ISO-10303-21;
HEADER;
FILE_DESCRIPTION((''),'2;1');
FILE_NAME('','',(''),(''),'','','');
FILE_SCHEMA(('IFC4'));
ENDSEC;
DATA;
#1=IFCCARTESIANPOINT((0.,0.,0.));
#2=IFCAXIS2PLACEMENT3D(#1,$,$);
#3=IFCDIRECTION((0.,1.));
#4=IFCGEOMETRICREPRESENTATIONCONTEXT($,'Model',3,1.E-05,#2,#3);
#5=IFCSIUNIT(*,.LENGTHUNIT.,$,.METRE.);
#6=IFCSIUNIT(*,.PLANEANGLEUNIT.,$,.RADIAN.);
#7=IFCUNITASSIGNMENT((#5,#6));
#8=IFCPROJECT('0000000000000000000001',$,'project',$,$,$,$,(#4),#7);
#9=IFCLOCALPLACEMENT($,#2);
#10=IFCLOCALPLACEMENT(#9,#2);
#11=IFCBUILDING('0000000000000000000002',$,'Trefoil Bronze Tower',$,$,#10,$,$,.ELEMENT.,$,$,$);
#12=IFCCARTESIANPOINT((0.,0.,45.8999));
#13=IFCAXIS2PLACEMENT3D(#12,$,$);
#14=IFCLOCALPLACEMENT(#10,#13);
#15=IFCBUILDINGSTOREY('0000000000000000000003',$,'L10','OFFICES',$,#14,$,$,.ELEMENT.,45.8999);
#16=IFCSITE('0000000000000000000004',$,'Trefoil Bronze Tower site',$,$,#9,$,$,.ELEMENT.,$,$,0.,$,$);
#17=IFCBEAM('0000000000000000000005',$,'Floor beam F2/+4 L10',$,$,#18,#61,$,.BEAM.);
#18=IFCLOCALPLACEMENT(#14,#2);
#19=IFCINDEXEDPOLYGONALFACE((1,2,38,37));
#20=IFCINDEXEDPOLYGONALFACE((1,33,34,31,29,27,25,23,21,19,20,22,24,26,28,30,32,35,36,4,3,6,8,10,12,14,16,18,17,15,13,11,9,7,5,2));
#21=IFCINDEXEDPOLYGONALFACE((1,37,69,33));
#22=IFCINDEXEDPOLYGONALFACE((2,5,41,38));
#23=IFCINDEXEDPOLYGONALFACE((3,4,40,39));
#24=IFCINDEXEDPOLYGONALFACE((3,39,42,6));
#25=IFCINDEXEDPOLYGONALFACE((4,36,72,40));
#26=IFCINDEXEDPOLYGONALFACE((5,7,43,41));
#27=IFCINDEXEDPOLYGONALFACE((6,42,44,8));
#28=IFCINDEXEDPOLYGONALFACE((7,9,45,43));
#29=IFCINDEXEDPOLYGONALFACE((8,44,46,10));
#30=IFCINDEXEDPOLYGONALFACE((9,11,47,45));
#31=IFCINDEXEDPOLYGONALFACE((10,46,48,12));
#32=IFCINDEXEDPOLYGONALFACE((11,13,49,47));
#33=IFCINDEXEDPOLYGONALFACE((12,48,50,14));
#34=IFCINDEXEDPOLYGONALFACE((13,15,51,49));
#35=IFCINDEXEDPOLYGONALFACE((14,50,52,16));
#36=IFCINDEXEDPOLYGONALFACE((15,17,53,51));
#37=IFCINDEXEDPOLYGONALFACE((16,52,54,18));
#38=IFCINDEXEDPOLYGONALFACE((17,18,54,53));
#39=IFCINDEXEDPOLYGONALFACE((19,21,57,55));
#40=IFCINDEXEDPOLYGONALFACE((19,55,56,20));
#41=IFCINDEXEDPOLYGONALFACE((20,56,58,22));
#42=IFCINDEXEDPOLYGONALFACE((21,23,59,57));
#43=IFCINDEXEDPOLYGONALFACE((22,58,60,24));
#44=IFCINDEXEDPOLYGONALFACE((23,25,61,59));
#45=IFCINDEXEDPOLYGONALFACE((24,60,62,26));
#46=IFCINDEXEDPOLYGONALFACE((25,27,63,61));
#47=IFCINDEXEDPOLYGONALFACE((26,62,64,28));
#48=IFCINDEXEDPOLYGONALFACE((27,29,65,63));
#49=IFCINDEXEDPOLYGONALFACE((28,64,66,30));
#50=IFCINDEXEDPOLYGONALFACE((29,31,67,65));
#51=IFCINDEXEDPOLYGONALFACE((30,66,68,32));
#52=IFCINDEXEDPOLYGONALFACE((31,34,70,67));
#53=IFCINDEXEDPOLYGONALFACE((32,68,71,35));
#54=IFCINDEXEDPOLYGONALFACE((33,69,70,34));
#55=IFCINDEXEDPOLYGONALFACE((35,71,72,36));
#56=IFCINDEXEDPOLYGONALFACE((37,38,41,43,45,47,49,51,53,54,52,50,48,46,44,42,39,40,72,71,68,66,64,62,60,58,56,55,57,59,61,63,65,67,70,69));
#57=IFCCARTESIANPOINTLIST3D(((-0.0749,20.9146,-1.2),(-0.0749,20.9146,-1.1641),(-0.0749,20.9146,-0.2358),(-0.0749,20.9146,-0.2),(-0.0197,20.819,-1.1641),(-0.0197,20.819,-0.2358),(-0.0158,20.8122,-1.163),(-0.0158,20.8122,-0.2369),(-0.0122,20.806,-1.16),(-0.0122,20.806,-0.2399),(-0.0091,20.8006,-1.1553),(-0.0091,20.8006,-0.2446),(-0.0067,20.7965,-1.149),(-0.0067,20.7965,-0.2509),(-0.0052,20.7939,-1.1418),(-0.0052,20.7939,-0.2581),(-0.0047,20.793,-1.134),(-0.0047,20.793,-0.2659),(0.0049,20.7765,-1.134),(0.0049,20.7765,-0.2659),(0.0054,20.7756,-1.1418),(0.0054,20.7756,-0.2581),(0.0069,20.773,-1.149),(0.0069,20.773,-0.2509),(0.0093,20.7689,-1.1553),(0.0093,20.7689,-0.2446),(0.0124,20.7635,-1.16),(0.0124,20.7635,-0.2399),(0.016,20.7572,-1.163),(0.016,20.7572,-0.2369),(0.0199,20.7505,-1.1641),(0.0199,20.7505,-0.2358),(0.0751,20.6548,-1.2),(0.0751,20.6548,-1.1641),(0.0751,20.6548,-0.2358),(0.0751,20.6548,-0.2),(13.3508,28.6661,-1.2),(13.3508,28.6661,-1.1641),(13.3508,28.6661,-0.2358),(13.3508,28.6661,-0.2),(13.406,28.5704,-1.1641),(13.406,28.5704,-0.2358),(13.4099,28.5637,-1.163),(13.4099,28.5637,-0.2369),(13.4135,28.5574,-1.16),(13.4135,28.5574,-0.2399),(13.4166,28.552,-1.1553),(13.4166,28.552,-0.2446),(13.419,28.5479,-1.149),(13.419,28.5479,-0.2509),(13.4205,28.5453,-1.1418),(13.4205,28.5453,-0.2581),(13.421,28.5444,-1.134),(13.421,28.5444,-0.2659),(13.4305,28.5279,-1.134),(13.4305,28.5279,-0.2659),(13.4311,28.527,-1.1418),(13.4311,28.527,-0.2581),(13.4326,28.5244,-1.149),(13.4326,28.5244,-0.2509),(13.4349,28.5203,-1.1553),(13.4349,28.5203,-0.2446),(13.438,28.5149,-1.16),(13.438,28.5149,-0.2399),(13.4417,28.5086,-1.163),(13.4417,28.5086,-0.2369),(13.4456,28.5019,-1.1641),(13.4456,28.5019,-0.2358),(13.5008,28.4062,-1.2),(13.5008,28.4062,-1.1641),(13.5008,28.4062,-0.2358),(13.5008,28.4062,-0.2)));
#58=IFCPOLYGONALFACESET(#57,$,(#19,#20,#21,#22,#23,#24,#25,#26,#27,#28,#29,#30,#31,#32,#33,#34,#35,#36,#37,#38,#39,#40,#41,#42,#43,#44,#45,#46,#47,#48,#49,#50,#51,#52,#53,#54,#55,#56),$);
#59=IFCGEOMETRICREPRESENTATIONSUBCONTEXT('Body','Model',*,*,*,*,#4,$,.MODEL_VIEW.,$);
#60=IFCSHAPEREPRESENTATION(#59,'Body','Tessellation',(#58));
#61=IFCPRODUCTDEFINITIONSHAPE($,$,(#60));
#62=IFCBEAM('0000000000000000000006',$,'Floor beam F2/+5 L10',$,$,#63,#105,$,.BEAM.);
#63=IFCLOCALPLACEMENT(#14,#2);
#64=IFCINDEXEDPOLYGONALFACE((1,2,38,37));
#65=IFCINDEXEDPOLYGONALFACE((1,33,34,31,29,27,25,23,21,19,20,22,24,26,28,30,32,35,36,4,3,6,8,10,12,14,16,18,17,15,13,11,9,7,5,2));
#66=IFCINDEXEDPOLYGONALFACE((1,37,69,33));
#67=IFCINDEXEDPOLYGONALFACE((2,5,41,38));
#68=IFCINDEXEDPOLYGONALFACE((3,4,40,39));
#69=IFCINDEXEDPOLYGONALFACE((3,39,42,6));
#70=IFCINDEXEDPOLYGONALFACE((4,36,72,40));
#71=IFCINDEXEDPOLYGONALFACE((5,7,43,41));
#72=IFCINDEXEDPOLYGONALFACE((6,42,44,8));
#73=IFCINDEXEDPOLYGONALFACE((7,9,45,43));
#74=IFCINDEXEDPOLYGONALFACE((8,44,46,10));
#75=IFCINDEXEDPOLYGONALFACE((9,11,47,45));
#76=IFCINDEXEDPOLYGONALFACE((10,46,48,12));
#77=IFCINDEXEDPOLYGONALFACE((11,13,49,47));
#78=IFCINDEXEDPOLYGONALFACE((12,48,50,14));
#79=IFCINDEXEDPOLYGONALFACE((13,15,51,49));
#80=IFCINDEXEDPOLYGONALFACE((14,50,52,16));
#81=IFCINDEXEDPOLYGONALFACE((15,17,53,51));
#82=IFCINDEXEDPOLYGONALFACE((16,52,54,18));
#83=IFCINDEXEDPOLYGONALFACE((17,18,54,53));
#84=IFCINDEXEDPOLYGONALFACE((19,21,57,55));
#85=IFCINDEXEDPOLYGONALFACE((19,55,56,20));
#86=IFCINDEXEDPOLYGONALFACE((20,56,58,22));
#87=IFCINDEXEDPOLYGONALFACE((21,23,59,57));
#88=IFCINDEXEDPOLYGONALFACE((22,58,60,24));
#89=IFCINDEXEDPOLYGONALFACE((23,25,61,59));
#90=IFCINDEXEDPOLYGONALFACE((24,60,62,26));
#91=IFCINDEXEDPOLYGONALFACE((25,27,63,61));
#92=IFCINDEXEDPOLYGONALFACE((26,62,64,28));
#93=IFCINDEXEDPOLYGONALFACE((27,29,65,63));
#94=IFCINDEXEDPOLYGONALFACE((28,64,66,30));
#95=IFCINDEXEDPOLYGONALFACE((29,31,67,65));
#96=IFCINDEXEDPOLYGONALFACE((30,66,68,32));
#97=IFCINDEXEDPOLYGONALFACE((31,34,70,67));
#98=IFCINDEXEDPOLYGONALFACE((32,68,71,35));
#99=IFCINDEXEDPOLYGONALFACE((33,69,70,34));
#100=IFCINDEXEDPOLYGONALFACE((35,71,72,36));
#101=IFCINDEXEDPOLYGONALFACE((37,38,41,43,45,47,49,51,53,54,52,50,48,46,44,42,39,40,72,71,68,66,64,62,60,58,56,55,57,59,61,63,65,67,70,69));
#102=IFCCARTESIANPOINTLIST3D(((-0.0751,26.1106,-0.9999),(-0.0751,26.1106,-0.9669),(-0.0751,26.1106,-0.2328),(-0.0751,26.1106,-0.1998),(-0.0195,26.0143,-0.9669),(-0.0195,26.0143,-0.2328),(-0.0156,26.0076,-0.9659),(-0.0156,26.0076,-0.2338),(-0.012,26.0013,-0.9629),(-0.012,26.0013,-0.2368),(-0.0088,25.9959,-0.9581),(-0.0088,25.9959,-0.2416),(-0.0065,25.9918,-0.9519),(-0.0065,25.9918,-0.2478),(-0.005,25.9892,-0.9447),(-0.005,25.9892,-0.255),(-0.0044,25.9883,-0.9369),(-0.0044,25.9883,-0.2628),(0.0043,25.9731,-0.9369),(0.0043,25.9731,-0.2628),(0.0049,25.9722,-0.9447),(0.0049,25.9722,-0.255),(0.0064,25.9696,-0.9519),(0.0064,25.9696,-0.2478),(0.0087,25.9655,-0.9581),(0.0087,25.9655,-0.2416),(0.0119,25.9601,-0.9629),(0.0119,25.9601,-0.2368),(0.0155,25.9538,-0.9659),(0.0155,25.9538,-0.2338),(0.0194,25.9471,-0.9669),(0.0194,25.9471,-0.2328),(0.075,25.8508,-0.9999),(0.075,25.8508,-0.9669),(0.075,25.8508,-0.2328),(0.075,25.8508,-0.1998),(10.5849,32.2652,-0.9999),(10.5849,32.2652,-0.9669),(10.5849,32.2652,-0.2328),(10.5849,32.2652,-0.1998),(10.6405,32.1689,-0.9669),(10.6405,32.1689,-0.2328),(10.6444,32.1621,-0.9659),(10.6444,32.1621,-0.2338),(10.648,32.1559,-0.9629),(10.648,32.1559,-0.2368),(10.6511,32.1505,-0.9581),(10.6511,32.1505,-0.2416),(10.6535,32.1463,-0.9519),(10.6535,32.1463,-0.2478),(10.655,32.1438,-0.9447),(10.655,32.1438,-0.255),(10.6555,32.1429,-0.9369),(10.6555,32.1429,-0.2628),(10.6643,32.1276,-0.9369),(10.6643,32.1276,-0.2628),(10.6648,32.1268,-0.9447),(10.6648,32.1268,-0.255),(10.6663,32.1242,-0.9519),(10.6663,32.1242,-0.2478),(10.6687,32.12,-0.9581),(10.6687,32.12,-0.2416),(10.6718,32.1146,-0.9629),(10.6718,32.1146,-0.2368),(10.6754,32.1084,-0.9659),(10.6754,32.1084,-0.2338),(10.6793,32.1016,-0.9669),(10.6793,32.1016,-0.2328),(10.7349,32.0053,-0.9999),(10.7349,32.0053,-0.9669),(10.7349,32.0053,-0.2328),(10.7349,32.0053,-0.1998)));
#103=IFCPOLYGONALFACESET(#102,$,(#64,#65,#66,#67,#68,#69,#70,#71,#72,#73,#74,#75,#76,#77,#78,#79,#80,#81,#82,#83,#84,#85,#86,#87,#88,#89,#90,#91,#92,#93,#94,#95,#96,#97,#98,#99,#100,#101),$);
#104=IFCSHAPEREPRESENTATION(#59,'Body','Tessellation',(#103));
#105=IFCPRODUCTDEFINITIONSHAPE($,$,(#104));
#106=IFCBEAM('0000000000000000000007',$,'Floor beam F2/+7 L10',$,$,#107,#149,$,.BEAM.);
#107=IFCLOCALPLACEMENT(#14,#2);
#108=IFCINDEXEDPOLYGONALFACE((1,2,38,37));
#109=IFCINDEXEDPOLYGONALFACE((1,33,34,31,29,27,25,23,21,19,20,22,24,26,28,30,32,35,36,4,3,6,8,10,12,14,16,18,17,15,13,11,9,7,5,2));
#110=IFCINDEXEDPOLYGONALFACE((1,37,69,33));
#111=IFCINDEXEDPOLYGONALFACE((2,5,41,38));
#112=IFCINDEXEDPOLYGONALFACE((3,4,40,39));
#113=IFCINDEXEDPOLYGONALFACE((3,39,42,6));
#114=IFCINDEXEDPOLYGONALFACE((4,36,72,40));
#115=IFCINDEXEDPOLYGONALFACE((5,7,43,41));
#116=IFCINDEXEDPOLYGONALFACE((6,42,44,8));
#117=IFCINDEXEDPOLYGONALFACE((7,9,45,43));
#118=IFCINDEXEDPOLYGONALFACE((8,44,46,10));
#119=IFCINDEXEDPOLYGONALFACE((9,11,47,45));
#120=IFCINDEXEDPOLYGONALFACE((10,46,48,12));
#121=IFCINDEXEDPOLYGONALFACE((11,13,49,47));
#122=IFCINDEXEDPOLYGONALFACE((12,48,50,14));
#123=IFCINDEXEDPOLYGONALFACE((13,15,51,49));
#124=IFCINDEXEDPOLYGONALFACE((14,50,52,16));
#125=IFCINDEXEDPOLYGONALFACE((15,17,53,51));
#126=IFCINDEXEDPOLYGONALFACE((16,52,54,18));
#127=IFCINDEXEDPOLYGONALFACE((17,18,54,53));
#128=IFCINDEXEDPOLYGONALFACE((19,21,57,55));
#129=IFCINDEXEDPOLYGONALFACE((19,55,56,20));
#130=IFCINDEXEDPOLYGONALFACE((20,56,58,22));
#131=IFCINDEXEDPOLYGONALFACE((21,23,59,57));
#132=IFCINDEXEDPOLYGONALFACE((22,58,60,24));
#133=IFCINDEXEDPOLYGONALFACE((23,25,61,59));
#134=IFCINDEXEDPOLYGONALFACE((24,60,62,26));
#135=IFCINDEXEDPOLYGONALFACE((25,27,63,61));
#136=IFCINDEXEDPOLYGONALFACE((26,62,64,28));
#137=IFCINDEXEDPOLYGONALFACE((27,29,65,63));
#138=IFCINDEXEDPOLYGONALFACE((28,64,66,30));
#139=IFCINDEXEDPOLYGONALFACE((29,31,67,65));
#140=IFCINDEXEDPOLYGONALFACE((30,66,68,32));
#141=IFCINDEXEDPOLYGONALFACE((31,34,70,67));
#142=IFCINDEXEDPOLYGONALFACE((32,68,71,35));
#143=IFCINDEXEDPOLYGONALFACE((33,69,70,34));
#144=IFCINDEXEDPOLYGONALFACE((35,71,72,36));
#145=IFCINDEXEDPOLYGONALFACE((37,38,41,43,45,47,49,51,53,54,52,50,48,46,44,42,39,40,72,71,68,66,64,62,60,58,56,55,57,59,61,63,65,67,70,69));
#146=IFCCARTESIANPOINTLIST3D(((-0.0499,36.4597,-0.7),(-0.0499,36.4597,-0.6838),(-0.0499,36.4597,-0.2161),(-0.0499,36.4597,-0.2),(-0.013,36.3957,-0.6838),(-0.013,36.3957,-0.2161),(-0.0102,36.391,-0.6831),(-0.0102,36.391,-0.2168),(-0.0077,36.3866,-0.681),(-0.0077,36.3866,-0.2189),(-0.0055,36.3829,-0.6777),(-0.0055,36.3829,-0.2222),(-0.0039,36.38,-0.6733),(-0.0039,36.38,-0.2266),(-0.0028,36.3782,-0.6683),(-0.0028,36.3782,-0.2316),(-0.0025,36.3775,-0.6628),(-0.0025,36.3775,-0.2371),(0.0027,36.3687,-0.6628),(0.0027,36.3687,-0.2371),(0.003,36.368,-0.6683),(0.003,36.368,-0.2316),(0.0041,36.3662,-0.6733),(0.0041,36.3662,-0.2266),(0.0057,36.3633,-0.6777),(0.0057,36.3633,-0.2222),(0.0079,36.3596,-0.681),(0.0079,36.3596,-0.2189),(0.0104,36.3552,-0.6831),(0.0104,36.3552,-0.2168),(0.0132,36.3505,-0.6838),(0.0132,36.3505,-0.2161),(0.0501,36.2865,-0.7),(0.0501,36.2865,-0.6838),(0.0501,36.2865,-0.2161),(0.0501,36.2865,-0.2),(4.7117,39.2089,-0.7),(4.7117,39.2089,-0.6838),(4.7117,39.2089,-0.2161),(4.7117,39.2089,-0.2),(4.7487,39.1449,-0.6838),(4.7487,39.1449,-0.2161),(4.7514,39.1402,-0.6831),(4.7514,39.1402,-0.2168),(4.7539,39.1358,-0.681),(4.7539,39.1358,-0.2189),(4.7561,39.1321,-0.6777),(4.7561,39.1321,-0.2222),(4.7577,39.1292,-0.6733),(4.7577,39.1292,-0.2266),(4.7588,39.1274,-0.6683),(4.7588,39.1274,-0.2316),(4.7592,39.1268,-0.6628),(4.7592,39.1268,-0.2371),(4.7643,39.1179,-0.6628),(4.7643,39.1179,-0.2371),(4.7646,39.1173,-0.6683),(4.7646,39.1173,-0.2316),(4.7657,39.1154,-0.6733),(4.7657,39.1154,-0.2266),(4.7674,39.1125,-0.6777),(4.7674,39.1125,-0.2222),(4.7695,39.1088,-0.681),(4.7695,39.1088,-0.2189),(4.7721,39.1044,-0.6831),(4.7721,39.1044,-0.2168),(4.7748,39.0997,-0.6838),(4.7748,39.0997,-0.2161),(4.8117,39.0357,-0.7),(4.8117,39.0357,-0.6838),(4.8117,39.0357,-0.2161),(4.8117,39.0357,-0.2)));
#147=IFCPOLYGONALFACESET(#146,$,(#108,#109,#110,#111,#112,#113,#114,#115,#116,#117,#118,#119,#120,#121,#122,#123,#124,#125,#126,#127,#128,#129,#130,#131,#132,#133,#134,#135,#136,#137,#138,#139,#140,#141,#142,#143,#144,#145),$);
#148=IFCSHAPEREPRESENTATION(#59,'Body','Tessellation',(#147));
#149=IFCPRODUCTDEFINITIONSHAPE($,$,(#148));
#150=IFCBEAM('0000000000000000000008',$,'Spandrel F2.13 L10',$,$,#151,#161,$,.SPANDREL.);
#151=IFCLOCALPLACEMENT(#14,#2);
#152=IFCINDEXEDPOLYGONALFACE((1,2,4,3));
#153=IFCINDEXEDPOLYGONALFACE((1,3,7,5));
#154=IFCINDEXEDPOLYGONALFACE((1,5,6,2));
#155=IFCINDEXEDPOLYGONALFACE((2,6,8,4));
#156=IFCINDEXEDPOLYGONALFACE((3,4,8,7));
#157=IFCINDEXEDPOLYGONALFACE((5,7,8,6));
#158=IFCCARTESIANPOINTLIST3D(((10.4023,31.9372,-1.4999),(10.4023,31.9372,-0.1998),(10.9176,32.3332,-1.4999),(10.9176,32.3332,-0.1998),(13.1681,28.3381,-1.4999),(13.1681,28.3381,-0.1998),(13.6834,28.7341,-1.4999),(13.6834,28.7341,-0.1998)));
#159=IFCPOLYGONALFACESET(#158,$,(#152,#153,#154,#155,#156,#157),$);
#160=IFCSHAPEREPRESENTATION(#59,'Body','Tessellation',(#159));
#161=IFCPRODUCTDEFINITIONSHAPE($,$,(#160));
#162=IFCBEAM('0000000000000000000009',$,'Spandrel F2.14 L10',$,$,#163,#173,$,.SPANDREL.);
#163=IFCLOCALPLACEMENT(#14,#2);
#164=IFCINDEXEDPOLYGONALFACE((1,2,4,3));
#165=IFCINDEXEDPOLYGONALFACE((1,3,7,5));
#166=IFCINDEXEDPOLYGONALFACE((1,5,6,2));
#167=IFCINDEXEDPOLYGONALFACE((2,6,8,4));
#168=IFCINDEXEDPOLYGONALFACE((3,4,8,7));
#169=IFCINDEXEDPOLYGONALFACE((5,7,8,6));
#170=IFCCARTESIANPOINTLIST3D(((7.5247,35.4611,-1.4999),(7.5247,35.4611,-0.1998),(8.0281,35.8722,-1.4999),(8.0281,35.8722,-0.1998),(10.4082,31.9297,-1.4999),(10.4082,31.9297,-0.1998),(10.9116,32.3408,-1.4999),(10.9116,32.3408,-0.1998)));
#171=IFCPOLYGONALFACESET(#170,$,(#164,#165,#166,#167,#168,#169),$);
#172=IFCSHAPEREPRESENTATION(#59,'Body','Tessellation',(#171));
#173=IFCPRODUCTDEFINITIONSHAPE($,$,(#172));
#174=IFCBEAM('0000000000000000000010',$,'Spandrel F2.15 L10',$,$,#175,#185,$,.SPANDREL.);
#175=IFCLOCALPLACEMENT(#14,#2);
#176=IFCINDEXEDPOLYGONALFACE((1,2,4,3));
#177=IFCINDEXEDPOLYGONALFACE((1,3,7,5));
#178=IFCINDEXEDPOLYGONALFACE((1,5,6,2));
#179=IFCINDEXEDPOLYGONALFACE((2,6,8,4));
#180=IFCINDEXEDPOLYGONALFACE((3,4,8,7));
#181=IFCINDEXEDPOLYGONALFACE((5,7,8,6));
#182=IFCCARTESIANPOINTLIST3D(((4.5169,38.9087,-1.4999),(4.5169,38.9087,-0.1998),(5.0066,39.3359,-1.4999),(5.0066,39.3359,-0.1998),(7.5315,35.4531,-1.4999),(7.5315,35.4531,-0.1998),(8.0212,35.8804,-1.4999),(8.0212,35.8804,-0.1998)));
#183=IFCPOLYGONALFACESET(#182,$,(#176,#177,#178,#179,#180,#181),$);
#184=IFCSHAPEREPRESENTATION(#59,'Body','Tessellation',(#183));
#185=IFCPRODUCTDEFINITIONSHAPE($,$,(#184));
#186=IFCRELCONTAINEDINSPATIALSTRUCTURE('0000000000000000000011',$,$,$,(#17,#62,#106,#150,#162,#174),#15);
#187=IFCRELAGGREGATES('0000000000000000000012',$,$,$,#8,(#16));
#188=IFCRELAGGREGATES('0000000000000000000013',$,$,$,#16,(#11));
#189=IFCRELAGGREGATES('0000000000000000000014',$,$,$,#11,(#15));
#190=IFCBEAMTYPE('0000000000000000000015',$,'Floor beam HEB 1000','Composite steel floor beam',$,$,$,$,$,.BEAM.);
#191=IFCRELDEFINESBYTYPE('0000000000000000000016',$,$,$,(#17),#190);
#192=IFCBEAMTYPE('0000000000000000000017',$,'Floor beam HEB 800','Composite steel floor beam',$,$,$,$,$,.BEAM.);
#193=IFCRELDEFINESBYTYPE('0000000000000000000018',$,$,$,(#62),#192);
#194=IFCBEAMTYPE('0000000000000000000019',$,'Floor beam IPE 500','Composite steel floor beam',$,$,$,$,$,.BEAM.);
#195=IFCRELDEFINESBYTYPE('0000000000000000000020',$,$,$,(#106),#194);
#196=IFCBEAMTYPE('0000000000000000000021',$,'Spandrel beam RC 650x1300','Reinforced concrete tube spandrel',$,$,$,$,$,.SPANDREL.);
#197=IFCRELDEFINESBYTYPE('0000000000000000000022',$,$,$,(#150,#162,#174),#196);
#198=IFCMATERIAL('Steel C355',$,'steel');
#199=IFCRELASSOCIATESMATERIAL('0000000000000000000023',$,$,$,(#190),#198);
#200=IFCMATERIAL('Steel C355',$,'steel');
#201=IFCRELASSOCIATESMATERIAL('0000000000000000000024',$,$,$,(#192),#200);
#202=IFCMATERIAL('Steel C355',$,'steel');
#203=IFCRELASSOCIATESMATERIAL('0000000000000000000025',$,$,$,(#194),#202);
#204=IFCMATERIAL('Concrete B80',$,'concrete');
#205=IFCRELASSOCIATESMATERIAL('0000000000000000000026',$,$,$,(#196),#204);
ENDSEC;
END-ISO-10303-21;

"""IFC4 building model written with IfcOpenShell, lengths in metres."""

from ifc_helpers import new_model, si_unit, direction, frame, origin, origin_2d, place, context, subcontext, project, spatial, rectangle, i_section, extrude, material, material_profile, profile_set, type_object, element, save


model = new_model("IFC4")

# Units and contexts
model_context = context("Model", 3, precision=1e-05, world=origin(), true_north=direction((0.0, 1.0)))
body_context = subcontext(model_context, "Body", "Model", "MODEL_VIEW")
ifc_project = project(units=[si_unit("LENGTHUNIT", "METRE"), si_unit("PLANEANGLEUNIT", "RADIAN")], contexts=[model_context])

# Site, building, storey
site_placement = place(None, origin())
site = spatial("IfcSite", under=ifc_project, at=site_placement, Name="Trefoil Bronze Tower site", CompositionType="ELEMENT", RefElevation=0.0)
building_placement = place(site_placement, origin())
building = spatial("IfcBuilding", under=site, at=building_placement, Name="Trefoil Bronze Tower", CompositionType="ELEMENT")
storey_placement = place(building_placement, frame((0.0, 0.0, 45.8999)))
storey = spatial("IfcBuildingStorey", under=building, at=storey_placement, Name="L10", Description="OFFICES", CompositionType="ELEMENT", Elevation=45.8999)

# Beams
ifc_material_1 = material(Name="Steel C355", Category="steel")
ifc_material_profile_1 = material_profile(ifc_material_1, i_section(OverallWidth=0.3, OverallDepth=1.0, WebThickness=0.019, FlangeThickness=0.0359, FilletRadius=0.03, at=origin_2d()), Name="HEB 1000")
ifc_profile_set_1 = profile_set([ifc_material_profile_1], Name="Steel C355")
beam_type_1 = type_object("IfcBeamType", Name="Floor beam HEB 1000", Description="Composite steel floor beam", PredefinedType="BEAM", material=ifc_profile_set_1)
beam_1_placement = place(storey_placement, frame((13.4258, 28.5361, -0.7), z_axis=(-0.866023, -0.500004, 0.0), x_axis=(0.500004, -0.866023, 0.0)))
element("IfcBeam", 1, at=beam_1_placement, inside=storey, type_object=beam_type_1, Name="Floor beam F2/+4 L10", PredefinedType="BEAM", context=body_context, shape_type="SweptSolid", body=[
    extrude(i_section(OverallWidth=0.3, OverallDepth=1.0, WebThickness=0.019, FlangeThickness=0.0359, FilletRadius=0.03, at=origin_2d()), origin(), (0.0, 0.0, 1.0), 15.5027),
])
ifc_material_2 = material(Name="Steel C355", Category="steel")
ifc_material_profile_2 = material_profile(ifc_material_2, i_section(OverallWidth=0.3, OverallDepth=0.8, WebThickness=0.0176, FlangeThickness=0.033, FilletRadius=0.03, at=origin_2d()), Name="HEB 800")
ifc_profile_set_2 = profile_set([ifc_material_profile_2], Name="Steel C355")
beam_type_2 = type_object("IfcBeamType", Name="Floor beam HEB 800", Description="Composite steel floor beam", PredefinedType="BEAM", material=ifc_profile_set_2)
beam_2_placement = place(storey_placement, frame((10.6599, 32.1353, -0.5999), z_axis=(-0.866024, -0.500002, 0.0), x_axis=(0.500002, -0.866024, 0.0)))
element("IfcBeam", 2, at=beam_2_placement, inside=storey, type_object=beam_type_2, Name="Floor beam F2/+5 L10", PredefinedType="BEAM", context=body_context, shape_type="SweptSolid", body=[
    extrude(i_section(OverallWidth=0.3, OverallDepth=0.8, WebThickness=0.0176, FlangeThickness=0.033, FilletRadius=0.03, at=origin_2d()), origin(), (0.0, 0.0, 1.0), 12.3091),
])
ifc_material_3 = material(Name="Steel C355", Category="steel")
ifc_material_profile_3 = material_profile(ifc_material_3, i_section(OverallWidth=0.2, OverallDepth=0.5, WebThickness=0.0103, FlangeThickness=0.0161, FilletRadius=0.021, at=origin_2d()), Name="IPE 500")
ifc_profile_set_3 = profile_set([ifc_material_profile_3], Name="Steel C355")
beam_type_3 = type_object("IfcBeamType", Name="Floor beam IPE 500", Description="Composite steel floor beam", PredefinedType="BEAM", material=ifc_profile_set_3)
beam_3_placement = place(storey_placement, frame((4.7617, 39.1223, -0.45), z_axis=(-0.866018, -0.500012, 0.0), x_axis=(0.500012, -0.866018, 0.0)))
element("IfcBeam", 3, at=beam_3_placement, inside=storey, type_object=beam_type_3, Name="Floor beam F2/+7 L10", PredefinedType="BEAM", context=body_context, shape_type="SweptSolid", body=[
    extrude(i_section(OverallWidth=0.2, OverallDepth=0.5, WebThickness=0.0103, FlangeThickness=0.0161, FilletRadius=0.021, at=origin_2d()), origin(), (0.0, 0.0, 1.0), 5.4983),
])
ifc_material_4 = material(Name="Concrete B80", Category="concrete")
ifc_material_profile_4 = material_profile(ifc_material_4, rectangle(XDim=0.6499, YDim=1.3, at=origin_2d()), Name="RC 650x1300")
ifc_profile_set_4 = profile_set([ifc_material_profile_4], Name="Concrete B80")
beam_type_4 = type_object("IfcBeamType", Name="Spandrel beam RC 650x1300", Description="Reinforced concrete tube spandrel", PredefinedType="SPANDREL", material=ifc_profile_set_4)
beam_4_placement = place(storey_placement, frame((13.4258, 28.5361, -0.8499), z_axis=(-0.609339, 0.79291, 0.0), x_axis=(-0.79291, -0.609339, 0.0)))
element("IfcBeam", 4, at=beam_4_placement, inside=storey, type_object=beam_type_4, Name="Spandrel F2.13 L10", PredefinedType="SPANDREL", context=body_context, shape_type="SweptSolid", body=[
    extrude(rectangle(XDim=0.6499, YDim=1.3, at=origin_2d()), origin(), (0.0, 0.0, 1.0), 4.5391),
])
beam_5_placement = place(storey_placement, frame((10.6599, 32.1353, -0.8499), z_axis=(-0.632468, 0.774587, 0.0), x_axis=(-0.774587, -0.632468, 0.0)))
element("IfcBeam", 5, at=beam_5_placement, inside=storey, type_object=beam_type_4, Name="Spandrel F2.14 L10", PredefinedType="SPANDREL", context=body_context, shape_type="SweptSolid", body=[
    extrude(rectangle(XDim=0.6499, YDim=1.3, at=origin_2d()), origin(), (0.0, 0.0, 1.0), 4.5591),
])
beam_6_placement = place(storey_placement, frame((7.7764, 35.6667, -0.8499), z_axis=(-0.657396, 0.753545, 0.0), x_axis=(-0.753545, -0.657396, 0.0)))
element("IfcBeam", 6, at=beam_6_placement, inside=storey, type_object=beam_type_4, Name="Spandrel F2.15 L10", PredefinedType="SPANDREL", context=body_context, shape_type="SweptSolid", body=[
    extrude(rectangle(XDim=0.6499, YDim=1.3, at=origin_2d()), origin(), (0.0, 0.0, 1.0), 4.5857),
])

save(model, "model.ifc")
